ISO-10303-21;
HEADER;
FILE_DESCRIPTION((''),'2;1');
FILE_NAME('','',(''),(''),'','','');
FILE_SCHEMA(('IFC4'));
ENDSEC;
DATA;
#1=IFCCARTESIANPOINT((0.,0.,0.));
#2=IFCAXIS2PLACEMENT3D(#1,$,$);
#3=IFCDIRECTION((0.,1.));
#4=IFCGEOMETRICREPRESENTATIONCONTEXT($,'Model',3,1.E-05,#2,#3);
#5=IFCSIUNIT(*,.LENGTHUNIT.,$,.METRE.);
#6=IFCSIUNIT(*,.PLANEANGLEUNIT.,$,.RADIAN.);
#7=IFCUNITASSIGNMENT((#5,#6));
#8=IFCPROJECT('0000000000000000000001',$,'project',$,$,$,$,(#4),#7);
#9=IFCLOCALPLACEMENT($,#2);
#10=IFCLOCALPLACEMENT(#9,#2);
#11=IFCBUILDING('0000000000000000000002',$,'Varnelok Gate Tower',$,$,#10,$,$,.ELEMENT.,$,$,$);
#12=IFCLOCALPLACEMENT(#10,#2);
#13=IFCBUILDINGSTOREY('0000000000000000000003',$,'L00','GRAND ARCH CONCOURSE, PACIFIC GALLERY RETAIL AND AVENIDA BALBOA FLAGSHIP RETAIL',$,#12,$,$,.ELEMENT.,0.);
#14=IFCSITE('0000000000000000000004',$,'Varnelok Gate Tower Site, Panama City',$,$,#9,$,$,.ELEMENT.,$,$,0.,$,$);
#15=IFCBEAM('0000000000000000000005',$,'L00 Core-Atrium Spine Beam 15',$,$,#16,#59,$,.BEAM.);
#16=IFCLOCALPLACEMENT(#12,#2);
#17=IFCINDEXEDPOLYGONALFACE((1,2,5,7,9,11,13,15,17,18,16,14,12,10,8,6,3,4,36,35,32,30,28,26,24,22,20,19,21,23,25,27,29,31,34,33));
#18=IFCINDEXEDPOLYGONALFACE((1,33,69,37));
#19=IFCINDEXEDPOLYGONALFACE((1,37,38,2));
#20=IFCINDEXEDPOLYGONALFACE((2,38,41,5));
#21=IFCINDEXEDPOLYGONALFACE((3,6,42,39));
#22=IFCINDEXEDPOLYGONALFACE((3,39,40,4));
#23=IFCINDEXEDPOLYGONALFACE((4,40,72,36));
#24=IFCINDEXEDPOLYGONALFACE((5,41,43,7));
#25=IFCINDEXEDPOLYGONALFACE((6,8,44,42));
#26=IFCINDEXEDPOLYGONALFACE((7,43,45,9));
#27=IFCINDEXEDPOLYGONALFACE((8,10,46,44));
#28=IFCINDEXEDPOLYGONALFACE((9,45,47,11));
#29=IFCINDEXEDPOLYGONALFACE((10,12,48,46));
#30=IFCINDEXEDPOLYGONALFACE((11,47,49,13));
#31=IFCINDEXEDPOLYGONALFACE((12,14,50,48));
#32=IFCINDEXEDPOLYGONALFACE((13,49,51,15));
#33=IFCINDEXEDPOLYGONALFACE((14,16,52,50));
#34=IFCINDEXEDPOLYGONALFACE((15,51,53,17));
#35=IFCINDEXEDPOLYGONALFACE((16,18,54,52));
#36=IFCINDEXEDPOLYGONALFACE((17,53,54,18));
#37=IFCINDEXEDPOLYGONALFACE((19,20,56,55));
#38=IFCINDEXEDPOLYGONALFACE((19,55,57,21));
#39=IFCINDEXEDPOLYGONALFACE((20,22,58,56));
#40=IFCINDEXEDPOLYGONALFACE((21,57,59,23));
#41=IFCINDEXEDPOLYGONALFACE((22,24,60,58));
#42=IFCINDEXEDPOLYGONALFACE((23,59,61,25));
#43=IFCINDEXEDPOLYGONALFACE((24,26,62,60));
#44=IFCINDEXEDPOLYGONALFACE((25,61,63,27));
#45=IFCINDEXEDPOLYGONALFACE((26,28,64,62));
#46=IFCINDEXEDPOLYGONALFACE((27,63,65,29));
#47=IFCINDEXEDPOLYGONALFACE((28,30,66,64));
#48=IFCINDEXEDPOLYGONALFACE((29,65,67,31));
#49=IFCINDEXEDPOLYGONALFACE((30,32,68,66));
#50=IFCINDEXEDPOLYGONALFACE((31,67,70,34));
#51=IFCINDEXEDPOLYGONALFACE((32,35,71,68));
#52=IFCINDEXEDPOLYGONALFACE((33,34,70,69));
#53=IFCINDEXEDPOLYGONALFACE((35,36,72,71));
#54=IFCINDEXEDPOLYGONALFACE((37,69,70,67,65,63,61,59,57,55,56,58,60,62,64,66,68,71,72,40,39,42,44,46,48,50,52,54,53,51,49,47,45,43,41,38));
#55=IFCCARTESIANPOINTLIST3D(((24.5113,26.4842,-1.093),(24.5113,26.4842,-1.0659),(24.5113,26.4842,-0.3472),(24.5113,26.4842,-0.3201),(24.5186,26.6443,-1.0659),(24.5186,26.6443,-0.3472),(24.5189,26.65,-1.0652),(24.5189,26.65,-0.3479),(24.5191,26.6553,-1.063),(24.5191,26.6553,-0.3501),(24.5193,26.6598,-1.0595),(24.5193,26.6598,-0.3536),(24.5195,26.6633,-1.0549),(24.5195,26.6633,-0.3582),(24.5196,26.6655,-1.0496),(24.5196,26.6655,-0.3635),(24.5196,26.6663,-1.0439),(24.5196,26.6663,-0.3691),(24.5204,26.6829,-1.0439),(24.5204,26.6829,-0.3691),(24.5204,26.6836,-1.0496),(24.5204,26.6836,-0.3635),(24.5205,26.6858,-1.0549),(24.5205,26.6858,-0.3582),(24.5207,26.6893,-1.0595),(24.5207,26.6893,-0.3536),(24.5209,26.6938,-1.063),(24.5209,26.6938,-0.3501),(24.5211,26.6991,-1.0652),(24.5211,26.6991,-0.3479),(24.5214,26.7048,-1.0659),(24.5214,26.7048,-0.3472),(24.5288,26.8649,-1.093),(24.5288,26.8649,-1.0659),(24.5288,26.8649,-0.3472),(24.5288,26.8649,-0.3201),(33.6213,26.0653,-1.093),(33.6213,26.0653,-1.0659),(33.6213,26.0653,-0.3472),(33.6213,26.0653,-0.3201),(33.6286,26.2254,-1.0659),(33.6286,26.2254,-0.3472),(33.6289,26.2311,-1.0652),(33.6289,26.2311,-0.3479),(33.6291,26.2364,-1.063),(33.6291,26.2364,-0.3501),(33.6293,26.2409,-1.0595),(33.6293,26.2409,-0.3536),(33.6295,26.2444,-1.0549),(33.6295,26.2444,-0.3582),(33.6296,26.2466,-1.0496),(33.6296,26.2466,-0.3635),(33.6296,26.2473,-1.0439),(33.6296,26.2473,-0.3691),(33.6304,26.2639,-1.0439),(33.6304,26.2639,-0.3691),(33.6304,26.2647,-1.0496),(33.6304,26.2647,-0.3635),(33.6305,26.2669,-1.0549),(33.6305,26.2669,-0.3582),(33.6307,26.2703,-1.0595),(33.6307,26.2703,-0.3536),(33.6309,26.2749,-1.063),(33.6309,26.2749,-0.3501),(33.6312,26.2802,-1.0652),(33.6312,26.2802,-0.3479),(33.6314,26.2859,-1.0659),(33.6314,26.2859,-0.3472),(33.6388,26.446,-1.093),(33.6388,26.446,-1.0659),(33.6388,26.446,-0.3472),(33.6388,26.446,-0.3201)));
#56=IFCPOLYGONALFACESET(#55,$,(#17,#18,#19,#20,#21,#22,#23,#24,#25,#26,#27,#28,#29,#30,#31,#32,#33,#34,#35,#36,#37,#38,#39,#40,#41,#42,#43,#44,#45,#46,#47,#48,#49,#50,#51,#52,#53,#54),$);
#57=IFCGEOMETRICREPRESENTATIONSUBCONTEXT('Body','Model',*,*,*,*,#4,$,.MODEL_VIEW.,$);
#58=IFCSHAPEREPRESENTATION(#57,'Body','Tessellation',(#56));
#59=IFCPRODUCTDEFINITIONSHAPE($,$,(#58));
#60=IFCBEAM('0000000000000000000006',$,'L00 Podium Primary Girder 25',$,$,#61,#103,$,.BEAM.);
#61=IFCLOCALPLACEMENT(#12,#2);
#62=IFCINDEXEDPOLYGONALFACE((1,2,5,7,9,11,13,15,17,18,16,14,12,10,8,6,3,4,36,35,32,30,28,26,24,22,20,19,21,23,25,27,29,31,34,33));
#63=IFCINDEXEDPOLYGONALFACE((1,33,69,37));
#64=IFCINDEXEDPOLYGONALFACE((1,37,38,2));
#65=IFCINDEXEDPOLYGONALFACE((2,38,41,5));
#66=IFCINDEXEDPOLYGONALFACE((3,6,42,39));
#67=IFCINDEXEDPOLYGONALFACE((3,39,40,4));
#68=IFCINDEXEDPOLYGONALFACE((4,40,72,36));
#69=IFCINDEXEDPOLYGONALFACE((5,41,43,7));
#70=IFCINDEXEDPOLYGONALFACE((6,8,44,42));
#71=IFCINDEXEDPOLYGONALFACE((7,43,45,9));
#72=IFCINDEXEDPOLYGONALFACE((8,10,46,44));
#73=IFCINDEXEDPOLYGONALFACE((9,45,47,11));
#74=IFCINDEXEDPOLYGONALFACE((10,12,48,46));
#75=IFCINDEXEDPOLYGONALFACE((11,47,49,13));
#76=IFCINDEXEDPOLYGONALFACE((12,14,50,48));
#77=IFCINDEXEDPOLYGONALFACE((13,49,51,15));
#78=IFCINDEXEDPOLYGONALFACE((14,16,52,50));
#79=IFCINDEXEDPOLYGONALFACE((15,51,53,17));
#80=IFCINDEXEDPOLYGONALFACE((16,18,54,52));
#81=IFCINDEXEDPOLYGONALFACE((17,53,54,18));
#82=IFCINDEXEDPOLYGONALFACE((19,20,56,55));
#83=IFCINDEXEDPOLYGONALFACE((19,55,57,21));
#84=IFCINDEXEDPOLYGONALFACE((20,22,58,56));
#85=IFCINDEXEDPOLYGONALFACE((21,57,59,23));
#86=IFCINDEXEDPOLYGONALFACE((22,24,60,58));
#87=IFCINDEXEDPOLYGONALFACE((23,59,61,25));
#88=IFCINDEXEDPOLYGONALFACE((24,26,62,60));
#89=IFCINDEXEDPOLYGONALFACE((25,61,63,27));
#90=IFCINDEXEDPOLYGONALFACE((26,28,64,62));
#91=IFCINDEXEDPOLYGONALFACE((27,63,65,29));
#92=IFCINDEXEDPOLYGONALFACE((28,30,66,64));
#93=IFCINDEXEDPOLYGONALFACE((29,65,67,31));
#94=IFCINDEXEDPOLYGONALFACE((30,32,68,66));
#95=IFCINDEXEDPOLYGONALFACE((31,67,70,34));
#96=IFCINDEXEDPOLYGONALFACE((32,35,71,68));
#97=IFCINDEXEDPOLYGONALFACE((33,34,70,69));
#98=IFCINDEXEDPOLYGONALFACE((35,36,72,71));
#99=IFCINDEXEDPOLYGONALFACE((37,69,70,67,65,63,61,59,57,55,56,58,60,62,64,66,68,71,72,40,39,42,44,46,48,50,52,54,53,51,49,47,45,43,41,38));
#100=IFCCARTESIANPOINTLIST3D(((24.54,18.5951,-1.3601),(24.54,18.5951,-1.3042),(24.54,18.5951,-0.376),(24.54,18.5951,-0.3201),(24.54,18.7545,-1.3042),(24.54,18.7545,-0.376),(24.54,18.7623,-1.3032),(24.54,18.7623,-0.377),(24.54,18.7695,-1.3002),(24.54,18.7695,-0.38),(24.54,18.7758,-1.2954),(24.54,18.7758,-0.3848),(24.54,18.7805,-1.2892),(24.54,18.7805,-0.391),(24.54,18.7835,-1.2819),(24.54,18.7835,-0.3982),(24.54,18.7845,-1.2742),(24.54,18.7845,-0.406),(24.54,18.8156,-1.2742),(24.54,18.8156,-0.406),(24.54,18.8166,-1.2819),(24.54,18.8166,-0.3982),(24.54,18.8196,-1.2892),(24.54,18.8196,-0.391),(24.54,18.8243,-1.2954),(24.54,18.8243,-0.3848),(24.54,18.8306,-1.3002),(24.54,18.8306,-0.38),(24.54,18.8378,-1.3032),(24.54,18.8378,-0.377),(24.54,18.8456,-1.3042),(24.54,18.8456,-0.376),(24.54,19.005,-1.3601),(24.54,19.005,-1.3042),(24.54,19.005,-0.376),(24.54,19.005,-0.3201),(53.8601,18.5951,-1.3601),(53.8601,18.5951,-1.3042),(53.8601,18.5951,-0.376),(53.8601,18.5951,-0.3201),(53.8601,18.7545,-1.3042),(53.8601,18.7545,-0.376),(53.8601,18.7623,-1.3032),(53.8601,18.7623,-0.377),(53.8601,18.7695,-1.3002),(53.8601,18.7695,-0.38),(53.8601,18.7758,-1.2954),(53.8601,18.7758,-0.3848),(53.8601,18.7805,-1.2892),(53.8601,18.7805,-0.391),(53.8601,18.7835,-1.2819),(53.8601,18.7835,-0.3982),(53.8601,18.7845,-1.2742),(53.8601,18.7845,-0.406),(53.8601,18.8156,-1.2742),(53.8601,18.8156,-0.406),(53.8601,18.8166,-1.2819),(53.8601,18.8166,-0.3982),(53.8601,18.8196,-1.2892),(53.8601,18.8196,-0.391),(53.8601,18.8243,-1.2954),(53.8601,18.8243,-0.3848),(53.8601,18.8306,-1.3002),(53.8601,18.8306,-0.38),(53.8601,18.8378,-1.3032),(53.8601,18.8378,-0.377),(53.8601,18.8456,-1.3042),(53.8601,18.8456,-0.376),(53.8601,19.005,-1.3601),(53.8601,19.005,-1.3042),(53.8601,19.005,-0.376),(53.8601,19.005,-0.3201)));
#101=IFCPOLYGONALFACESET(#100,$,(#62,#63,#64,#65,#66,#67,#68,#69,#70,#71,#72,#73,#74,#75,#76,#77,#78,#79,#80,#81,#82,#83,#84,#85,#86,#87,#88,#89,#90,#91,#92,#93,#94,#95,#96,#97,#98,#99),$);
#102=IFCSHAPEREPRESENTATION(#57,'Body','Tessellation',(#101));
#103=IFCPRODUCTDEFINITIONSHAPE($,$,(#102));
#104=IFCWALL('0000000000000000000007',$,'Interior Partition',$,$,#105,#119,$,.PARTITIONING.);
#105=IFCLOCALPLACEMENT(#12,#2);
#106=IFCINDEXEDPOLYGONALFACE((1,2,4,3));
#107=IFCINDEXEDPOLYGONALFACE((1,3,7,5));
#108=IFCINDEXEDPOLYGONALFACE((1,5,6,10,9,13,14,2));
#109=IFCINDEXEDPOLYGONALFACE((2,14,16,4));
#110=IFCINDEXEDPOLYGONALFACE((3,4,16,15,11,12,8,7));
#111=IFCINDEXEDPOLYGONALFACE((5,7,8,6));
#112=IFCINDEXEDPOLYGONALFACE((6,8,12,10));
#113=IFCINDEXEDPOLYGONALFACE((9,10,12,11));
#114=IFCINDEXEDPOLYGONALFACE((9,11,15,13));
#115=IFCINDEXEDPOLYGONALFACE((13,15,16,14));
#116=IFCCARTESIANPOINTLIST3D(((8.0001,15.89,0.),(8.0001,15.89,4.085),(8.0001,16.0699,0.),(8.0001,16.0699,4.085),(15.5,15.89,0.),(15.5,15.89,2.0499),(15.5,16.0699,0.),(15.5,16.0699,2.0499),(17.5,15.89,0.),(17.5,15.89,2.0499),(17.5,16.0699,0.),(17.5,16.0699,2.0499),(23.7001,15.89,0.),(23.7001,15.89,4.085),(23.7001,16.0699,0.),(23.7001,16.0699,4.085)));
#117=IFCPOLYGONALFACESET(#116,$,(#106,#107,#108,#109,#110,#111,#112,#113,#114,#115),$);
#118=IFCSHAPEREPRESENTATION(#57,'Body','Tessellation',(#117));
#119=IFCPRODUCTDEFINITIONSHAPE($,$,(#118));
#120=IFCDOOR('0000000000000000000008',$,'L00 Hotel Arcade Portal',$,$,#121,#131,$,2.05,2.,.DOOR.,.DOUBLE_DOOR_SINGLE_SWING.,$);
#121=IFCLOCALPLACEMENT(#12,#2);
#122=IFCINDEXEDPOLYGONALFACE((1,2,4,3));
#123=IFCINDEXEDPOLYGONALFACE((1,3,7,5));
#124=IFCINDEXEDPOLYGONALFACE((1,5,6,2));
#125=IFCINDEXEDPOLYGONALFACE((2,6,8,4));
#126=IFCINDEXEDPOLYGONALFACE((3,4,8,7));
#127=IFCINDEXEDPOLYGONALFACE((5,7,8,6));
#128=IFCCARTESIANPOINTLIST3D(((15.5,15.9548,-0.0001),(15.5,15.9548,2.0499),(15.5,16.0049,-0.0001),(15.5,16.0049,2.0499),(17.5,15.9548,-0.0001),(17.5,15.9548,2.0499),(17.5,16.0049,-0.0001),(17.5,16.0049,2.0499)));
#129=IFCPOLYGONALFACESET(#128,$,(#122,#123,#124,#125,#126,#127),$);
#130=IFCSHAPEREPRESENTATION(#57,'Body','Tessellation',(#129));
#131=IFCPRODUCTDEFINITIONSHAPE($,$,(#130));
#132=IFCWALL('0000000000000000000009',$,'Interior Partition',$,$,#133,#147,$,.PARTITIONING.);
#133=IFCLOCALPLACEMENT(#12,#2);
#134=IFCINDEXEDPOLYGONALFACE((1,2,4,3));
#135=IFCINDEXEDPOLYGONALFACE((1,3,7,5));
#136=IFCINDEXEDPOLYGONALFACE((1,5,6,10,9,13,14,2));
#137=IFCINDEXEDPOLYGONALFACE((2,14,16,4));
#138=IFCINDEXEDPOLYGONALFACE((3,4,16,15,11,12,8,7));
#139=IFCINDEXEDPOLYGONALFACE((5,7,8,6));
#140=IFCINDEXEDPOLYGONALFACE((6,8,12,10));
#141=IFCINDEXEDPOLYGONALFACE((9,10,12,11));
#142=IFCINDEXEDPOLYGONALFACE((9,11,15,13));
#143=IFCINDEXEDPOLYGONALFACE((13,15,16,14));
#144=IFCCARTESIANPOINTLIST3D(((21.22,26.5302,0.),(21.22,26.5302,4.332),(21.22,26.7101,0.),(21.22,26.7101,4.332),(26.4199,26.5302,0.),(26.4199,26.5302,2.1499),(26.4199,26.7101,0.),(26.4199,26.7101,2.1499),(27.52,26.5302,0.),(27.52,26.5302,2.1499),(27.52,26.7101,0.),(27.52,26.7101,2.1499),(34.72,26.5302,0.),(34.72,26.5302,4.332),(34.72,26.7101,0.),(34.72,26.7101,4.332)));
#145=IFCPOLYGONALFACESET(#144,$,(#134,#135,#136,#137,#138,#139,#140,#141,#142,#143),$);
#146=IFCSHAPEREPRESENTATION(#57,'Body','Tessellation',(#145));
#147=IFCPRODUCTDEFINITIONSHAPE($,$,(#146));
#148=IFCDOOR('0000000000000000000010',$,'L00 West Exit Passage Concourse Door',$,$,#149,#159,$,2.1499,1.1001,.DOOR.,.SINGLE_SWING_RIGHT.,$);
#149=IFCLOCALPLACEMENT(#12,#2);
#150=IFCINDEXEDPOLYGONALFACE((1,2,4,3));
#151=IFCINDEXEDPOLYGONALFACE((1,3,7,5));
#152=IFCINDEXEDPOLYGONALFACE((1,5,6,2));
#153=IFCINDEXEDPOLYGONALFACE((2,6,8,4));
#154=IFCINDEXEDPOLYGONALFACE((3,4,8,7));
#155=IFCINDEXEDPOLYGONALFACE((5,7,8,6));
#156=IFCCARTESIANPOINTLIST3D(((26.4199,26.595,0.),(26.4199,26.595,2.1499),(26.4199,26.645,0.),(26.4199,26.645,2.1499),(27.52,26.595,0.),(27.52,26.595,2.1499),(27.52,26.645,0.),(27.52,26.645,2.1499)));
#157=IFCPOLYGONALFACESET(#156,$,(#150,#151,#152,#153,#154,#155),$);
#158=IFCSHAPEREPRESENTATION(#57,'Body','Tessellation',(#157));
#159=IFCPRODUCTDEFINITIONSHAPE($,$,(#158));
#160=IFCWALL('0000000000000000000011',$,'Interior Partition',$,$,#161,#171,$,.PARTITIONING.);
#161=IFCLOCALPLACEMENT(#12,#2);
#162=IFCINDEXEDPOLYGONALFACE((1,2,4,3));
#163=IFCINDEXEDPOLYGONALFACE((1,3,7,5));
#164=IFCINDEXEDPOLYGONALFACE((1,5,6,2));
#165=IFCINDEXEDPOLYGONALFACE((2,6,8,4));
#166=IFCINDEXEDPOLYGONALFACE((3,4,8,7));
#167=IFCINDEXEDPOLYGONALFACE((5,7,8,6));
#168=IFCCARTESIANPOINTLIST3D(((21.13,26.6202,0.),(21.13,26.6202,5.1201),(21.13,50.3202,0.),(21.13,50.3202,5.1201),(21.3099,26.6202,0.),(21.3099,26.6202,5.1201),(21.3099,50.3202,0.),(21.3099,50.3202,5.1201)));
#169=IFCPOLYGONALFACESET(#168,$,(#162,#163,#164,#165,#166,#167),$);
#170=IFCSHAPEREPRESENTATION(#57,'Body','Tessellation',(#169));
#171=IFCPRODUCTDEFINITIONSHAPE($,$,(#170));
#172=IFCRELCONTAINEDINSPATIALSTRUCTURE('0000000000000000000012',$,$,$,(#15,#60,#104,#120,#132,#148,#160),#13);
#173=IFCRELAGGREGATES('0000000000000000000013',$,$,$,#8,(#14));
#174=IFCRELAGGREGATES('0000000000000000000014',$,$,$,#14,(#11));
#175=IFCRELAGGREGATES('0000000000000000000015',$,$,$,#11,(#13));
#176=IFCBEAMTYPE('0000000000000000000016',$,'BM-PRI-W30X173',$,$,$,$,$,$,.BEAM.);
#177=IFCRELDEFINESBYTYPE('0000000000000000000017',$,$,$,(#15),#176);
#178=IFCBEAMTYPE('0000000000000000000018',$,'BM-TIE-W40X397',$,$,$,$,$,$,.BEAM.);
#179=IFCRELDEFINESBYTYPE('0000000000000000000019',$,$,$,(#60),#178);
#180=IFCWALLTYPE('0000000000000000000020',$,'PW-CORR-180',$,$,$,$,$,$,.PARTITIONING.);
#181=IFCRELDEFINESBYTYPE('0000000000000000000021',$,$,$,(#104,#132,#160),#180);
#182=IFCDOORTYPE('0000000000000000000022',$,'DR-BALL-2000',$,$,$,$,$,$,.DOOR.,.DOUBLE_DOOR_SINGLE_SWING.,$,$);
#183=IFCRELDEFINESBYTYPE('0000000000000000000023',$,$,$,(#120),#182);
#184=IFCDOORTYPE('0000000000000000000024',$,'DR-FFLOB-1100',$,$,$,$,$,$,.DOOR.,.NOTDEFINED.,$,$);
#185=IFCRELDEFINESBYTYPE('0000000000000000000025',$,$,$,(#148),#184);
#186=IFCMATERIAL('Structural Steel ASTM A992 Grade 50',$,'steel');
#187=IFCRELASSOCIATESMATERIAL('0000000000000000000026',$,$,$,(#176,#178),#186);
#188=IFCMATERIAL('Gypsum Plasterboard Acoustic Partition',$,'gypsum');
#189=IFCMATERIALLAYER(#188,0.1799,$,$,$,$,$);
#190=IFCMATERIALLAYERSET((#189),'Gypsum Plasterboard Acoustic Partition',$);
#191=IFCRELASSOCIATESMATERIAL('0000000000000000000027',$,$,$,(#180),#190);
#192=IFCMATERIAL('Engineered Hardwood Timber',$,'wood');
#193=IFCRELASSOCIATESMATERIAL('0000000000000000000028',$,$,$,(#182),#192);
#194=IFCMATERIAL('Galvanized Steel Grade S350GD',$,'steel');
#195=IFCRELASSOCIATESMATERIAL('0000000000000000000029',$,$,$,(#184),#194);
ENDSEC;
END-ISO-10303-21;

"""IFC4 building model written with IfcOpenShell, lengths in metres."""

from ifc_helpers import new_model, si_unit, direction, frame, frame_2d, origin, origin_2d, place, context, subcontext, project, spatial, rectangle, i_section, extrude, material, layer, layer_set, material_profile, profile_set, type_object, element, fill, save


model = new_model("IFC4")

# Units and contexts
model_context = context("Model", 3, precision=1e-05, world=origin(), true_north=direction((0.0, 1.0)))
body_context = subcontext(model_context, "Body", "Model", "MODEL_VIEW")
ifc_project = project(units=[si_unit("LENGTHUNIT", "METRE"), si_unit("PLANEANGLEUNIT", "RADIAN")], contexts=[model_context])

# Site, building, storey
site_placement = place(None, origin())
site = spatial("IfcSite", under=ifc_project, at=site_placement, Name="Varnelok Gate Tower Site, Panama City", CompositionType="ELEMENT", RefElevation=0.0)
building_placement = place(site_placement, origin())
building = spatial("IfcBuilding", under=site, at=building_placement, Name="Varnelok Gate Tower", CompositionType="ELEMENT")
storey_placement = place(building_placement, origin())
storey = spatial("IfcBuildingStorey", under=building, at=storey_placement, Name="L00", Description="GRAND ARCH CONCOURSE, PACIFIC GALLERY RETAIL AND AVENIDA BALBOA FLAGSHIP RETAIL", CompositionType="ELEMENT", Elevation=0.0)

# Shared definitions
ifc_material_1 = material(Name="Structural Steel ASTM A992 Grade 50", Category="steel")

# Beams
ifc_material_profile_1 = material_profile(ifc_material_1, i_section(OverallWidth=0.3811, OverallDepth=0.7729, WebThickness=0.0166, FlangeThickness=0.0271, FilletRadius=0.022, at=origin_2d()), Name="W30X173")
ifc_profile_set_1 = profile_set([ifc_material_profile_1], Name="Structural Steel ASTM A992 Grade 50")
beam_type_1 = type_object("IfcBeamType", Name="BM-PRI-W30X173", PredefinedType="BEAM", material=ifc_profile_set_1)
beam_1_placement = place(storey_placement, frame((24.52, 26.6746, -0.7065), z_axis=(0.998944, -0.045938, 0.0), x_axis=(0.045938, 0.998944, 0.0)))
element("IfcBeam", 1, at=beam_1_placement, inside=storey, type_object=beam_type_1, Name="L00 Core-Atrium Spine Beam 15", PredefinedType="BEAM", context=body_context, shape_type="SweptSolid", body=[
    extrude(i_section(OverallWidth=0.3811, OverallDepth=0.7729, WebThickness=0.0166, FlangeThickness=0.0271, FilletRadius=0.022, at=origin_2d()), origin(), (0.0, 0.0, 1.0), 9.1196),
])
ifc_material_profile_2 = material_profile(ifc_material_1, i_section(OverallWidth=0.4099, OverallDepth=1.04, WebThickness=0.031, FlangeThickness=0.0559, FilletRadius=0.03, at=origin_2d()), Name="W40X397")
ifc_profile_set_2 = profile_set([ifc_material_profile_2], Name="Structural Steel ASTM A992 Grade 50")
beam_type_2 = type_object("IfcBeamType", Name="BM-TIE-W40X397", PredefinedType="BEAM", material=ifc_profile_set_2)
beam_2_placement = place(storey_placement, frame((24.54, 18.8, -0.8401), z_axis=(1.0, 0.0, 0.0), x_axis=(0.0, 1.0, 0.0)))
element("IfcBeam", 2, at=beam_2_placement, inside=storey, type_object=beam_type_2, Name="L00 Podium Primary Girder 25", PredefinedType="BEAM", context=body_context, shape_type="SweptSolid", body=[
    extrude(i_section(OverallWidth=0.4099, OverallDepth=1.04, WebThickness=0.031, FlangeThickness=0.0559, FilletRadius=0.03, at=origin_2d()), origin(), (0.0, 0.0, 1.0), 29.3201),
])

# Walls, openings, doors
ifc_material_2 = material(Name="Gypsum Plasterboard Acoustic Partition", Category="gypsum")
ifc_layer_1 = layer(ifc_material_2, 0.1799)
ifc_layer_set_1 = layer_set([ifc_layer_1], Name="Gypsum Plasterboard Acoustic Partition")
wall_type_1 = type_object("IfcWallType", Name="PW-CORR-180", PredefinedType="PARTITIONING", material=ifc_layer_set_1)
wall_1_placement = place(storey_placement, frame((8.0, 15.98, 0.0), z_axis=(0.0, 0.0, 1.0), x_axis=(1.0, 0.0, 0.0)))
wall_1 = element("IfcWall", 3, at=wall_1_placement, inside=storey, type_object=wall_type_1, Name="Interior Partition", PredefinedType="PARTITIONING", context=body_context, shape_type="SweptSolid", body=[
    extrude(rectangle(XDim=15.7, YDim=0.1799, at=frame_2d((7.8501, 0.0))), origin(), (0.0, 0.0, 1.0), 4.085),
])
opening_1_placement = place(wall_1_placement, frame((7.5, 0.0, 0.0)))
opening_1 = element("IfcOpeningElement", 4, at=opening_1_placement, cuts=wall_1, PredefinedType="OPENING", context=body_context, shape_type="SweptSolid", body=[
    extrude(rectangle(XDim=2.0, YDim=2.05, at=frame_2d((1.0, 1.0249))), frame((0.0, 0.0999, 0.0), z_axis=(0.0, -1.0, 0.0), x_axis=(1.0, 0.0, 0.0)), (0.0, 0.0, 1.0), 0.2),
])
ifc_material_3 = material(Name="Engineered Hardwood Timber", Category="wood")
door_type_1 = type_object("IfcDoorType", Name="DR-BALL-2000", OperationType="DOUBLE_DOOR_SINGLE_SWING", PredefinedType="DOOR", material=ifc_material_3)
door_1_placement = place(opening_1_placement, origin())
door_1 = element("IfcDoor", 5, at=door_1_placement, inside=storey, type_object=door_type_1, Name="L00 Hotel Arcade Portal", OperationType="DOUBLE_DOOR_SINGLE_SWING", OverallHeight=2.05, OverallWidth=2.0, PredefinedType="DOOR", context=body_context, shape_type="SweptSolid", body=[
    extrude(rectangle(XDim=2.0, YDim=2.05, at=frame_2d((1.0, 1.0249))), frame((0.0, 0.0249, 0.0), z_axis=(0.0, -1.0, 0.0), x_axis=(1.0, 0.0, 0.0)), (0.0, 0.0, 1.0), 0.05),
])
fill(opening_1, door_1)
wall_2_placement = place(storey_placement, frame((21.22, 26.6201, 0.0), z_axis=(0.0, 0.0, 1.0), x_axis=(1.0, 0.0, 0.0)))
wall_2 = element("IfcWall", 6, at=wall_2_placement, inside=storey, type_object=wall_type_1, Name="Interior Partition", PredefinedType="PARTITIONING", context=body_context, shape_type="SweptSolid", body=[
    extrude(rectangle(XDim=13.5, YDim=0.1799, at=frame_2d((6.75, 0.0))), origin(), (0.0, 0.0, 1.0), 4.332),
])
opening_2_placement = place(wall_2_placement, frame((5.2, 0.0, 0.0)))
opening_2 = element("IfcOpeningElement", 7, at=opening_2_placement, cuts=wall_2, PredefinedType="OPENING", context=body_context, shape_type="SweptSolid", body=[
    extrude(rectangle(XDim=1.1001, YDim=2.1499, at=frame_2d((0.55, 1.075))), frame((0.0, 0.0999, 0.0), z_axis=(0.0, -1.0, 0.0), x_axis=(1.0, 0.0, 0.0)), (0.0, 0.0, 1.0), 0.2),
])
ifc_material_4 = material(Name="Galvanized Steel Grade S350GD", Category="steel")
door_type_2 = type_object("IfcDoorType", Name="DR-FFLOB-1100", OperationType="NOTDEFINED", PredefinedType="DOOR", material=ifc_material_4)
door_2_placement = place(opening_2_placement, origin())
door_2 = element("IfcDoor", 8, at=door_2_placement, inside=storey, type_object=door_type_2, Name="L00 West Exit Passage Concourse Door", OperationType="SINGLE_SWING_RIGHT", OverallHeight=2.1499, OverallWidth=1.1001, PredefinedType="DOOR", context=body_context, shape_type="SweptSolid", body=[
    extrude(rectangle(XDim=1.1001, YDim=2.1499, at=frame_2d((0.55, 1.075))), frame((0.0, 0.0249, 0.0), z_axis=(0.0, -1.0, 0.0), x_axis=(1.0, 0.0, 0.0)), (0.0, 0.0, 1.0), 0.05),
])
fill(opening_2, door_2)

# Wall
wall_3_placement = place(storey_placement, frame((21.22, 26.6201, 0.0), z_axis=(0.0, 0.0, 1.0), x_axis=(0.0, 1.0, 0.0)))
element("IfcWall", 9, at=wall_3_placement, inside=storey, type_object=wall_type_1, Name="Interior Partition", PredefinedType="PARTITIONING", context=body_context, shape_type="SweptSolid", body=[
    extrude(rectangle(XDim=23.7, YDim=0.1799, at=frame_2d((11.8501, 0.0))), origin(), (0.0, 0.0, 1.0), 5.1201),
])

save(model, "model.ifc")
